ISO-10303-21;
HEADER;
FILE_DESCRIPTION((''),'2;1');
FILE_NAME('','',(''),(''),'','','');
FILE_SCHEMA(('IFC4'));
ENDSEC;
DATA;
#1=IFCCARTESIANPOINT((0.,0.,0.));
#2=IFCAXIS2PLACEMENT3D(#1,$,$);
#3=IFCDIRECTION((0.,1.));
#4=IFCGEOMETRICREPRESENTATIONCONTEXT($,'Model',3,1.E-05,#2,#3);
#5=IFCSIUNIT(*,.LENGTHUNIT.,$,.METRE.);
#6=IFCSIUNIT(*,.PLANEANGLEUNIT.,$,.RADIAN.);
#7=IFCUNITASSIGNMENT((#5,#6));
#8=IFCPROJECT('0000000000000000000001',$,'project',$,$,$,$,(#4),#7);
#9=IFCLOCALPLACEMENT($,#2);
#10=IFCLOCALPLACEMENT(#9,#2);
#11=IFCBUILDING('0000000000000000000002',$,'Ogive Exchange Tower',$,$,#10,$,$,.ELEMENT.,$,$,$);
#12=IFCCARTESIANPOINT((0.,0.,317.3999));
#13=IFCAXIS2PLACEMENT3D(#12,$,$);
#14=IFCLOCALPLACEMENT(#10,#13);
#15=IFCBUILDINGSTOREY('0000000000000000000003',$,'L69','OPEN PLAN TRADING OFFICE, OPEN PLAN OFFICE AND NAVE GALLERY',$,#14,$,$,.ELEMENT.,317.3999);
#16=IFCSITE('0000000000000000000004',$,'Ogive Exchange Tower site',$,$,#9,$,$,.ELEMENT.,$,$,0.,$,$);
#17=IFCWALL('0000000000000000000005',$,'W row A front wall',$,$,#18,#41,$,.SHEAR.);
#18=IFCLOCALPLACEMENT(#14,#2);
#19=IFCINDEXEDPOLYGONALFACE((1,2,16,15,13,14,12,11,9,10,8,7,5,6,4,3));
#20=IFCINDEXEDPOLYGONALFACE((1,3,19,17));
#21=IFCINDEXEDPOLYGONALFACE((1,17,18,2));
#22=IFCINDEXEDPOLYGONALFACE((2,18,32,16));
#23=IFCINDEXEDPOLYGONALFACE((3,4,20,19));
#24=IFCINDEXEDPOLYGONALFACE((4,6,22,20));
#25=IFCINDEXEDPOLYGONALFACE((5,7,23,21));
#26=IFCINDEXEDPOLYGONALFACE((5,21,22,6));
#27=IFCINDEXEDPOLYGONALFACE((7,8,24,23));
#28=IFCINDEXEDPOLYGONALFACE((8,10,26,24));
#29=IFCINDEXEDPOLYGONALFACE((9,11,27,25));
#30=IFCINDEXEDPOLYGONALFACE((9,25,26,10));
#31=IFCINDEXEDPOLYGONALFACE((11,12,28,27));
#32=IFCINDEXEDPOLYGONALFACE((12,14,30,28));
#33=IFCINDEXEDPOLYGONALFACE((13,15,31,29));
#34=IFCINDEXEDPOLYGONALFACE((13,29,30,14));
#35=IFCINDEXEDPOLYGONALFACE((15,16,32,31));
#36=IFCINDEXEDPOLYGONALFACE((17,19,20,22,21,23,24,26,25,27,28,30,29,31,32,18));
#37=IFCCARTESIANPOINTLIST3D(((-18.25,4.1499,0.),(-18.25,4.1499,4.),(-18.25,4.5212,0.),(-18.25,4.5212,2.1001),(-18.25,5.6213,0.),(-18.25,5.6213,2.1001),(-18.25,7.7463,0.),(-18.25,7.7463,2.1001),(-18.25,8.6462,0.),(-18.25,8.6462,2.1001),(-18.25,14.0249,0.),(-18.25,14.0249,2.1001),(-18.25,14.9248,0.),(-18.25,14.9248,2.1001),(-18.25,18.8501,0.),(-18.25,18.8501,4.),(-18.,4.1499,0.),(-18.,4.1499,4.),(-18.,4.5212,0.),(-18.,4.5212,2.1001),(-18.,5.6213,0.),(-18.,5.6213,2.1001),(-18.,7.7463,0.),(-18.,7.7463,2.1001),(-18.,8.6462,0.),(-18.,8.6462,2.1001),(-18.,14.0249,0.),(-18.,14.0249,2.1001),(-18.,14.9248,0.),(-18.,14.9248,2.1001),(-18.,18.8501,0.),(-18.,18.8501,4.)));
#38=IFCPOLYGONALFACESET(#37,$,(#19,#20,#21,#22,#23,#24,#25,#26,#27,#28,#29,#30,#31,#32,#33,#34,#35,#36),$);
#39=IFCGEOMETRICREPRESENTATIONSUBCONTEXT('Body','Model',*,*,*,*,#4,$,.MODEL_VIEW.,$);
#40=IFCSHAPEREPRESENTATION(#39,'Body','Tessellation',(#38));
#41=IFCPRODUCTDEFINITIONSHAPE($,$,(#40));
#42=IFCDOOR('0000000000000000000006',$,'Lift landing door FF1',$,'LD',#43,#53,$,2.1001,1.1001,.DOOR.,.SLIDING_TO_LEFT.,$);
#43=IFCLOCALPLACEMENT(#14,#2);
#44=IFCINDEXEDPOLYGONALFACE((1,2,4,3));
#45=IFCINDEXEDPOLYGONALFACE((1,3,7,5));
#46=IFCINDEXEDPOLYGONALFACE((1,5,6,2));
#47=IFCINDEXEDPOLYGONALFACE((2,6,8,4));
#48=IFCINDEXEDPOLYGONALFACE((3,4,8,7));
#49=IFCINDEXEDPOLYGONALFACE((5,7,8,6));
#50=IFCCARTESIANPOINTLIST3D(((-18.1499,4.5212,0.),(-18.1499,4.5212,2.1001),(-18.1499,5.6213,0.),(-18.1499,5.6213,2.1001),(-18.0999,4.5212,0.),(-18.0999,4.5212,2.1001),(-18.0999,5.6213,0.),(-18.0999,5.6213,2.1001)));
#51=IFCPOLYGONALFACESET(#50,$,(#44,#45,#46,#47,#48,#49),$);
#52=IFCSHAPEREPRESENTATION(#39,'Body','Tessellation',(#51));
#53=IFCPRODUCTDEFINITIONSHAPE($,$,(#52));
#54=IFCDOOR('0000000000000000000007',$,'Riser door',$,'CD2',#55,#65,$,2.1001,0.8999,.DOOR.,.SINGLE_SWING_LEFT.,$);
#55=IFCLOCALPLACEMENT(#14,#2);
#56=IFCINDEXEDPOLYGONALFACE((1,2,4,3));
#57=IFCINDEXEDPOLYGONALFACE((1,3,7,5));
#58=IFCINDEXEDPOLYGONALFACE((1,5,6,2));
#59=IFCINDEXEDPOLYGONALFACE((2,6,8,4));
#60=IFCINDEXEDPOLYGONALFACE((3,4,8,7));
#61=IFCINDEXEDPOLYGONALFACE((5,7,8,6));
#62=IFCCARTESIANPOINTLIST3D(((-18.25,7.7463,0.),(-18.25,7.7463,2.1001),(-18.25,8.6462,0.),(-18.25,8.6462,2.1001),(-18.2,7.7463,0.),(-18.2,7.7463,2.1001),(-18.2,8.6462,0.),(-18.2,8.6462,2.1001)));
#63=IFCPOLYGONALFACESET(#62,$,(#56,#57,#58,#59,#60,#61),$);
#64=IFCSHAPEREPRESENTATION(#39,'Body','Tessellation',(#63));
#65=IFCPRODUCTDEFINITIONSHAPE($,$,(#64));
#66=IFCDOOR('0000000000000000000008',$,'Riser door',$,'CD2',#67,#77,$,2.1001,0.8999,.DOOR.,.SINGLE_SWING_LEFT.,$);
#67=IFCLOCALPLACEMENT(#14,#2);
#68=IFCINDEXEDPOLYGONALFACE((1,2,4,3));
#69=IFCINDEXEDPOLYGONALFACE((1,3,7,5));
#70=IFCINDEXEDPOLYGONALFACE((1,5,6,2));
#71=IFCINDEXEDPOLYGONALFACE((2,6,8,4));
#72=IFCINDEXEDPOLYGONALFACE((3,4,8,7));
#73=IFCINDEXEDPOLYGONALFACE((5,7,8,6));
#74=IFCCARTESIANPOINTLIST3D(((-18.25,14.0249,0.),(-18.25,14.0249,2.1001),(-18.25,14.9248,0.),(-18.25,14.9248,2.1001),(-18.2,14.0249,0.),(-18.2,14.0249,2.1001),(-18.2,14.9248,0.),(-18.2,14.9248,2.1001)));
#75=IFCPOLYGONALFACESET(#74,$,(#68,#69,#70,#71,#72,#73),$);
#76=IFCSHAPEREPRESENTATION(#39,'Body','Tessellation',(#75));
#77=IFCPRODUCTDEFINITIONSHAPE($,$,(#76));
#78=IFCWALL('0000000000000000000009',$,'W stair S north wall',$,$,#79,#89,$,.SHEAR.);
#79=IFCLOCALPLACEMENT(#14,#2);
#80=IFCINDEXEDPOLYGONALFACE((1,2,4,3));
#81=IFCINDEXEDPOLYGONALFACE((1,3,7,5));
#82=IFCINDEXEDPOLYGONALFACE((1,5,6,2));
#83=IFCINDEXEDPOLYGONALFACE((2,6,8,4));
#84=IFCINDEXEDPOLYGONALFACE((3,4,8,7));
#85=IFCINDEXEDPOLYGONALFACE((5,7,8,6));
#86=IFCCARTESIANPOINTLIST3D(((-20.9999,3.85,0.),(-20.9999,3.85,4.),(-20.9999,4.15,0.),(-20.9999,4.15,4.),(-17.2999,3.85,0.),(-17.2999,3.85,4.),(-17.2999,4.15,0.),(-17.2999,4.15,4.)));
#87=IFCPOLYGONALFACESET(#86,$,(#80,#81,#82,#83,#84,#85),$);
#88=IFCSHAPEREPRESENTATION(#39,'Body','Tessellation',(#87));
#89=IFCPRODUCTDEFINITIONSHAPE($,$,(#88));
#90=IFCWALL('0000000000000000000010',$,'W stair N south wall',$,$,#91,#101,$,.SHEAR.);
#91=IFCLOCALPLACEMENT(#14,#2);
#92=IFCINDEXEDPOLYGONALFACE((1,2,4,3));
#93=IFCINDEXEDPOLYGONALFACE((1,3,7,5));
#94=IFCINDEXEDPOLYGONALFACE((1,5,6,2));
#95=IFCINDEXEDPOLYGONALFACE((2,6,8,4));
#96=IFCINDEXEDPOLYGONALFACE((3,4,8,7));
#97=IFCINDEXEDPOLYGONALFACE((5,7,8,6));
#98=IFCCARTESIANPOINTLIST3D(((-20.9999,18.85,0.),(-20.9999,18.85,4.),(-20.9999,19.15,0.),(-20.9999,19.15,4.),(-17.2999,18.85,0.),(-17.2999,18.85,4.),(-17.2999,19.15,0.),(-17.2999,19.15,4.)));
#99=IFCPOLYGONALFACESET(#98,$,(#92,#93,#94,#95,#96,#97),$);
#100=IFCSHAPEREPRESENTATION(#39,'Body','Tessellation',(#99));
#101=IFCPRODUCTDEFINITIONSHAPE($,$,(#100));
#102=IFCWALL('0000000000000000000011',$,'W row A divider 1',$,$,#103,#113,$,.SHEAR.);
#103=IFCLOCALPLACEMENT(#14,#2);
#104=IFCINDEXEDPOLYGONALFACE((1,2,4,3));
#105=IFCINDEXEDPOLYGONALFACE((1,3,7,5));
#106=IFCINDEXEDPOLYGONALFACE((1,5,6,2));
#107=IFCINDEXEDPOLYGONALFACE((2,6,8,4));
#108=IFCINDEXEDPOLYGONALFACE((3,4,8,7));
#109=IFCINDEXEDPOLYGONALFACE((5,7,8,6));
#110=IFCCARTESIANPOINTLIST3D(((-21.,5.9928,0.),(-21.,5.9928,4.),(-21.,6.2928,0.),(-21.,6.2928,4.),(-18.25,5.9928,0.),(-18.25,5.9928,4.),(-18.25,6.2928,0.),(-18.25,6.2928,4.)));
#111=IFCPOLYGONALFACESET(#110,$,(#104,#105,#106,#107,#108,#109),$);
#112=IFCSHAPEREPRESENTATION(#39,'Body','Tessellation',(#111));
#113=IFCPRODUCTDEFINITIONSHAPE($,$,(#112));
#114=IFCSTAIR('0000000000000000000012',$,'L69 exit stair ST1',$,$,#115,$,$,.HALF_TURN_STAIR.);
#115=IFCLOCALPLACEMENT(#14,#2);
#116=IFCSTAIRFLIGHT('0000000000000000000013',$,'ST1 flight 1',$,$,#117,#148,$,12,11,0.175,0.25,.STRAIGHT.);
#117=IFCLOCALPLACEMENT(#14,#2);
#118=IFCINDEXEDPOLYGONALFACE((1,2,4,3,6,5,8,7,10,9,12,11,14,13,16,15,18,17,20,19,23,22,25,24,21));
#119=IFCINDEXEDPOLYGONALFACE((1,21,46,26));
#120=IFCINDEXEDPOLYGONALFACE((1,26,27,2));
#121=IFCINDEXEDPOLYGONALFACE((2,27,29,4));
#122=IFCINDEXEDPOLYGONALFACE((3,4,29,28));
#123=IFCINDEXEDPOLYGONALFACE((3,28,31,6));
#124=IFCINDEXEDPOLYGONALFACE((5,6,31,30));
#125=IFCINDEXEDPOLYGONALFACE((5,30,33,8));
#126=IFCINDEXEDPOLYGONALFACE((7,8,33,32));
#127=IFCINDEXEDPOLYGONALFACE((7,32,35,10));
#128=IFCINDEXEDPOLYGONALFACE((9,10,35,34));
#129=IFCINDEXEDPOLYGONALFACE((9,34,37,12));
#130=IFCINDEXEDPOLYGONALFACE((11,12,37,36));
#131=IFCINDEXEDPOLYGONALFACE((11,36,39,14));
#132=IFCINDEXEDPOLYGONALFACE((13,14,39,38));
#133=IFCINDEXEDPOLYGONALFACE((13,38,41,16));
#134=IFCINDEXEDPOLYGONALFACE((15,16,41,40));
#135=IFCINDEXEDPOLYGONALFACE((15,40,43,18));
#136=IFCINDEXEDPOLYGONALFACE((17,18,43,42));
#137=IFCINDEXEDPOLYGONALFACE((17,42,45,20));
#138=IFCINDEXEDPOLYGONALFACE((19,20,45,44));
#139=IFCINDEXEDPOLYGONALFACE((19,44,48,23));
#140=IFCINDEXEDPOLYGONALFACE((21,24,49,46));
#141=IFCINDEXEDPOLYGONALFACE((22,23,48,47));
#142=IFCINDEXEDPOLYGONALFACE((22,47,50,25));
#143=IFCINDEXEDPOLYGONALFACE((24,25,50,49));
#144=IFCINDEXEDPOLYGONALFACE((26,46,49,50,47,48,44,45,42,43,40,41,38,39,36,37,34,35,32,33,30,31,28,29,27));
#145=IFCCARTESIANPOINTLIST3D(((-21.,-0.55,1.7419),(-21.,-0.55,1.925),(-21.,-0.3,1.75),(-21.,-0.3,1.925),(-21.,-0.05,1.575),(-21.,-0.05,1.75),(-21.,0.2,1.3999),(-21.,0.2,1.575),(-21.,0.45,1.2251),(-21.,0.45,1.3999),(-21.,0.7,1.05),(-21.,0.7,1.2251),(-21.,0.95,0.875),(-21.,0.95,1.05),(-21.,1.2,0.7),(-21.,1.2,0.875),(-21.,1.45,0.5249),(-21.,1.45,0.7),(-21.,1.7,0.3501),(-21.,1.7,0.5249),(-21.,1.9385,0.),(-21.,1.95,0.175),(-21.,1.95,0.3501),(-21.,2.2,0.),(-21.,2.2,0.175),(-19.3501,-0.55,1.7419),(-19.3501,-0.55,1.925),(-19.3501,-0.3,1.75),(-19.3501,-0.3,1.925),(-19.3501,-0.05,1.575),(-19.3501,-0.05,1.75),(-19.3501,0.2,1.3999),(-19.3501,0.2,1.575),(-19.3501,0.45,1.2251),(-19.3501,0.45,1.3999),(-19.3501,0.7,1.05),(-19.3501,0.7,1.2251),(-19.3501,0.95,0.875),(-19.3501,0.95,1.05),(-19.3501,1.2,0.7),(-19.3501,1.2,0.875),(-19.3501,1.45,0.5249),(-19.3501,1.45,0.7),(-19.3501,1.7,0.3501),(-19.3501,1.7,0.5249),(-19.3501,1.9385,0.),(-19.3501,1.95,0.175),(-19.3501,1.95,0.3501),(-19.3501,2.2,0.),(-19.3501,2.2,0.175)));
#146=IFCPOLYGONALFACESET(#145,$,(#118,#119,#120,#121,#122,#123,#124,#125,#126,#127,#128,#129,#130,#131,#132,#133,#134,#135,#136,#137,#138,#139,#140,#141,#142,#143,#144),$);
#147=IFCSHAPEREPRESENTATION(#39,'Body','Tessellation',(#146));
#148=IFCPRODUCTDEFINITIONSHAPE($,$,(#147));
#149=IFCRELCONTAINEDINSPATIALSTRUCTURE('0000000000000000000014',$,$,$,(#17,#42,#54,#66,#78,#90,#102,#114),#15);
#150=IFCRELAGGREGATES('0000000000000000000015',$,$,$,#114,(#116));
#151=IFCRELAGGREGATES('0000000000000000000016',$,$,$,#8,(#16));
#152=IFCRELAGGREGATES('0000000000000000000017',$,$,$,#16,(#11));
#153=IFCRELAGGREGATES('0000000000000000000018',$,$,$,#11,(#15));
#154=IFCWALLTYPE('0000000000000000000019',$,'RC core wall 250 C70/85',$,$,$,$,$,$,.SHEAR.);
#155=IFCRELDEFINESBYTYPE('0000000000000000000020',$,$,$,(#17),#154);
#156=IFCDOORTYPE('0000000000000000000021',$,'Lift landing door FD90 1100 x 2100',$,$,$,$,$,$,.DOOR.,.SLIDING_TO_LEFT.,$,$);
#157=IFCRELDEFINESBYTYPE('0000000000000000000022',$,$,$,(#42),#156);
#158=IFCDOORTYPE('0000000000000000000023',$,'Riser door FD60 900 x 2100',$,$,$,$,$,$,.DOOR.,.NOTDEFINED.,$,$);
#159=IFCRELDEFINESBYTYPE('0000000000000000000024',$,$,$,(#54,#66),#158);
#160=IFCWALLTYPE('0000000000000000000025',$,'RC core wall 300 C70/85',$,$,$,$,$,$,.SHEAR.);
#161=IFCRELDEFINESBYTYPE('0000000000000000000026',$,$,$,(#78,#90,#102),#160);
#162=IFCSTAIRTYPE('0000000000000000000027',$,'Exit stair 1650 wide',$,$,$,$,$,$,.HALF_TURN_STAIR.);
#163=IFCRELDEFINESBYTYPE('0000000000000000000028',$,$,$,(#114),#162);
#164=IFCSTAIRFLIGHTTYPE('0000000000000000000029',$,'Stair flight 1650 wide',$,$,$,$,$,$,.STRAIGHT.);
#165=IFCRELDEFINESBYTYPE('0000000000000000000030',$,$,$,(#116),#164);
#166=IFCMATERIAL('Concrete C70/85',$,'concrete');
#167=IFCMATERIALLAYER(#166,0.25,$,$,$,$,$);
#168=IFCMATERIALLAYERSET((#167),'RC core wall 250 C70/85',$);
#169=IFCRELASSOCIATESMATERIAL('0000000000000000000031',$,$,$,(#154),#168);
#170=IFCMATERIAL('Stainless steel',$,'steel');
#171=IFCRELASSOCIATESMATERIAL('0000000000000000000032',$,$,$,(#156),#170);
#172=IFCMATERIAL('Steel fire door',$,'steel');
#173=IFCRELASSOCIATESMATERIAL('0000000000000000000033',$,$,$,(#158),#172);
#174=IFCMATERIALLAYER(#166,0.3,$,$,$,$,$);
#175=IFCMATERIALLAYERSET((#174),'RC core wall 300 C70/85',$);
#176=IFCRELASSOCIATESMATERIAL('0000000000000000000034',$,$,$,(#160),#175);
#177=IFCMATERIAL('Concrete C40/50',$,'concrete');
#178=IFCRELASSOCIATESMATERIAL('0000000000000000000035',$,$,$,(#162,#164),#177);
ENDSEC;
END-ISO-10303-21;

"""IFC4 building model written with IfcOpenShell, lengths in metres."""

from ifc_helpers import new_model, si_unit, direction, frame, frame_2d, origin, place, context, subcontext, project, spatial, polyline, rectangle, outline, extrude, material, layer, layer_set, type_object, element, fill, aggregate, save


model = new_model("IFC4")

# Units and contexts
model_context = context("Model", 3, precision=1e-05, world=origin(), true_north=direction((0.0, 1.0)))
body_context = subcontext(model_context, "Body", "Model", "MODEL_VIEW")
ifc_project = project(units=[si_unit("LENGTHUNIT", "METRE"), si_unit("PLANEANGLEUNIT", "RADIAN")], contexts=[model_context])

# Site, building, storey
site_placement = place(None, origin())
site = spatial("IfcSite", under=ifc_project, at=site_placement, Name="Ogive Exchange Tower site", CompositionType="ELEMENT", RefElevation=0.0)
building_placement = place(site_placement, origin())
building = spatial("IfcBuilding", under=site, at=building_placement, Name="Ogive Exchange Tower", CompositionType="ELEMENT")
storey_placement = place(building_placement, frame((0.0, 0.0, 317.3999)))
storey = spatial("IfcBuildingStorey", under=building, at=storey_placement, Name="L69", Description="OPEN PLAN TRADING OFFICE, OPEN PLAN OFFICE AND NAVE GALLERY", CompositionType="ELEMENT", Elevation=317.3999)

# Wall, openings, doors
ifc_material_1 = material(Name="Concrete C70/85", Category="concrete")
ifc_layer_1 = layer(ifc_material_1, 0.25)
ifc_layer_set_1 = layer_set([ifc_layer_1], Name="RC core wall 250 C70/85")
wall_type_1 = type_object("IfcWallType", Name="RC core wall 250 C70/85", PredefinedType="SHEAR", material=ifc_layer_set_1)
wall_1_placement = place(storey_placement, frame((-18.125, 4.1499, 0.0), z_axis=(0.0, 0.0, 1.0), x_axis=(0.0, 1.0, 0.0)))
wall_1 = element("IfcWall", 1, at=wall_1_placement, inside=storey, type_object=wall_type_1, Name="W row A front wall", PredefinedType="SHEAR", context=body_context, shape_type="SweptSolid", body=[
    extrude(rectangle(XDim=14.7002, YDim=0.25, at=frame_2d((7.3501, 0.0))), origin(), (0.0, 0.0, 1.0), 4.0),
])
opening_1_placement = place(wall_1_placement, frame((3.5964, 0.0, 0.0)))
opening_1 = element("IfcOpeningElement", 2, at=opening_1_placement, cuts=wall_1, PredefinedType="OPENING", context=body_context, shape_type="SweptSolid", body=[
    extrude(rectangle(XDim=0.8999, YDim=2.1001, at=frame_2d((0.45, 1.05))), frame((0.0, 0.135, 0.0), z_axis=(0.0, -1.0, 0.0), x_axis=(1.0, 0.0, 0.0)), (0.0, 0.0, 1.0), 0.27),
])
opening_2_placement = place(wall_1_placement, frame((9.875, 0.0, 0.0)))
opening_2 = element("IfcOpeningElement", 3, at=opening_2_placement, cuts=wall_1, PredefinedType="OPENING", context=body_context, shape_type="SweptSolid", body=[
    extrude(rectangle(XDim=0.8999, YDim=2.1001, at=frame_2d((0.45, 1.05))), frame((0.0, 0.135, 0.0), z_axis=(0.0, -1.0, 0.0), x_axis=(1.0, 0.0, 0.0)), (0.0, 0.0, 1.0), 0.27),
])
opening_3_placement = place(wall_1_placement, frame((0.3713, 0.0, 0.0)))
opening_3 = element("IfcOpeningElement", 4, at=opening_3_placement, cuts=wall_1, PredefinedType="OPENING", context=body_context, shape_type="SweptSolid", body=[
    extrude(rectangle(XDim=1.1001, YDim=2.1001, at=frame_2d((0.55, 1.05))), frame((0.0, 0.135, 0.0), z_axis=(0.0, -1.0, 0.0), x_axis=(1.0, 0.0, 0.0)), (0.0, 0.0, 1.0), 0.27),
])
ifc_material_2 = material(Name="Stainless steel", Category="steel")
door_type_1 = type_object("IfcDoorType", Name="Lift landing door FD90 1100 x 2100", OperationType="SLIDING_TO_LEFT", PredefinedType="DOOR", material=ifc_material_2)
door_1_placement = place(opening_3_placement, origin())
door_1 = element("IfcDoor", 5, at=door_1_placement, inside=storey, type_object=door_type_1, Name="Lift landing door FF1", ObjectType="LD", OperationType="SLIDING_TO_LEFT", OverallHeight=2.1001, OverallWidth=1.1001, PredefinedType="DOOR", context=body_context, shape_type="SweptSolid", body=[
    extrude(rectangle(XDim=1.1001, YDim=2.1001, at=frame_2d((0.55, 1.05))), frame((0.0, 0.0249, 0.0), z_axis=(0.0, -1.0, 0.0), x_axis=(1.0, 0.0, 0.0)), (0.0, 0.0, 1.0), 0.05),
])
fill(opening_3, door_1)
ifc_material_3 = material(Name="Steel fire door", Category="steel")
door_type_2 = type_object("IfcDoorType", Name="Riser door FD60 900 x 2100", OperationType="NOTDEFINED", PredefinedType="DOOR", material=ifc_material_3)
door_2_placement = place(opening_1_placement, origin())
door_2 = element("IfcDoor", 6, at=door_2_placement, inside=storey, type_object=door_type_2, Name="Riser door", ObjectType="CD2", OperationType="SINGLE_SWING_LEFT", OverallHeight=2.1001, OverallWidth=0.8999, PredefinedType="DOOR", context=body_context, shape_type="SweptSolid", body=[
    extrude(rectangle(XDim=0.8999, YDim=2.1001, at=frame_2d((0.45, 1.05))), frame((0.0, 0.125, 0.0), z_axis=(0.0, -1.0, 0.0), x_axis=(1.0, 0.0, 0.0)), (0.0, 0.0, 1.0), 0.05),
])
fill(opening_1, door_2)
door_3_placement = place(opening_2_placement, origin())
door_3 = element("IfcDoor", 7, at=door_3_placement, inside=storey, type_object=door_type_2, Name="Riser door", ObjectType="CD2", OperationType="SINGLE_SWING_LEFT", OverallHeight=2.1001, OverallWidth=0.8999, PredefinedType="DOOR", context=body_context, shape_type="SweptSolid", body=[
    extrude(rectangle(XDim=0.8999, YDim=2.1001, at=frame_2d((0.45, 1.05))), frame((0.0, 0.125, 0.0), z_axis=(0.0, -1.0, 0.0), x_axis=(1.0, 0.0, 0.0)), (0.0, 0.0, 1.0), 0.05),
])
fill(opening_2, door_3)

# Walls
ifc_layer_2 = layer(ifc_material_1, 0.3)
ifc_layer_set_2 = layer_set([ifc_layer_2], Name="RC core wall 300 C70/85")
wall_type_2 = type_object("IfcWallType", Name="RC core wall 300 C70/85", PredefinedType="SHEAR", material=ifc_layer_set_2)
for number, where, z_axis, x_axis, name in (
    (8, (-21.0, 4.0, 0.0), (0.0, 0.0, 1.0), (1.0, 0.0, 0.0), "W stair S north wall"),
    (9, (-21.0, 19.0, 0.0), (0.0, 0.0, 1.0), (1.0, 0.0, 0.0), "W stair N south wall"),
):
    element("IfcWall", number, at=place(storey_placement, frame(where, z_axis=z_axis, x_axis=x_axis)), inside=storey, type_object=wall_type_2, Name=name, PredefinedType="SHEAR", context=body_context, shape_type="SweptSolid", body=[
        extrude(rectangle(XDim=3.7, YDim=0.3, at=frame_2d((1.8501, 0.0))), origin(), (0.0, 0.0, 1.0), 4.0),
    ])
wall_2_placement = place(storey_placement, frame((-21.0, 6.1428, 0.0), z_axis=(0.0, 0.0, 1.0), x_axis=(1.0, 0.0, 0.0)))
element("IfcWall", 10, at=wall_2_placement, inside=storey, type_object=wall_type_2, Name="W row A divider 1", PredefinedType="SHEAR", context=body_context, shape_type="SweptSolid", body=[
    extrude(rectangle(XDim=2.75, YDim=0.3, at=frame_2d((1.375, 0.0))), origin(), (0.0, 0.0, 1.0), 4.0),
])

# Stair, stair flight
ifc_material_4 = material(Name="Concrete C40/50", Category="concrete")
stair_type = type_object("IfcStairType", Name="Exit stair 1650 wide", PredefinedType="HALF_TURN_STAIR", material=ifc_material_4)
stair_placement = place(storey_placement, origin())
stair = element("IfcStair", 11, at=stair_placement, inside=storey, type_object=stair_type, Name="L69 exit stair ST1", PredefinedType="HALF_TURN_STAIR")
stair_flight_type = type_object("IfcStairFlightType", Name="Stair flight 1650 wide", PredefinedType="STRAIGHT", material=ifc_material_4)
stair_flight_1_placement = place(storey_placement, frame((-20.175, 2.2, 0.0), z_axis=(0.0, 0.0, 1.0), x_axis=(0.0, -1.0, 0.0)))
stair_flight_1 = element("IfcStairFlight", 12, at=stair_flight_1_placement, type_object=stair_flight_type, Name="ST1 flight 1", NumberOfRisers=12, NumberOfTreads=11, PredefinedType="STRAIGHT", RiserHeight=0.175, TreadLength=0.25, context=body_context, shape_type="SweptSolid", body=[
    extrude(outline(polyline([(0.0, 0.0), (0.0, 0.175), (0.25, 0.175), (0.25, 0.3501), (0.5, 0.3501), (0.5, 0.5249), (0.75, 0.5249), (0.75, 0.7), (1.0, 0.7), (1.0, 0.875), (1.25, 0.875), (1.25, 1.05), (1.5, 1.05), (1.5, 1.2251), (1.75, 1.2251), (1.75, 1.3999), (2.0, 1.3999), (2.0, 1.575), (2.25, 1.575), (2.25, 1.75), (2.5, 1.75), (2.5, 1.925), (2.75, 1.925), (2.75, 2.1001), (2.75, 1.7419), (0.2615, 0.0), (0.0, 0.0)])), frame((0.0, 0.825, 0.0), z_axis=(0.0, -1.0, 0.0), x_axis=(1.0, 0.0, 0.0)), (0.0, 0.0, 1.0), 1.6499),
])
aggregate(stair, [stair_flight_1])

save(model, "model.ifc")
